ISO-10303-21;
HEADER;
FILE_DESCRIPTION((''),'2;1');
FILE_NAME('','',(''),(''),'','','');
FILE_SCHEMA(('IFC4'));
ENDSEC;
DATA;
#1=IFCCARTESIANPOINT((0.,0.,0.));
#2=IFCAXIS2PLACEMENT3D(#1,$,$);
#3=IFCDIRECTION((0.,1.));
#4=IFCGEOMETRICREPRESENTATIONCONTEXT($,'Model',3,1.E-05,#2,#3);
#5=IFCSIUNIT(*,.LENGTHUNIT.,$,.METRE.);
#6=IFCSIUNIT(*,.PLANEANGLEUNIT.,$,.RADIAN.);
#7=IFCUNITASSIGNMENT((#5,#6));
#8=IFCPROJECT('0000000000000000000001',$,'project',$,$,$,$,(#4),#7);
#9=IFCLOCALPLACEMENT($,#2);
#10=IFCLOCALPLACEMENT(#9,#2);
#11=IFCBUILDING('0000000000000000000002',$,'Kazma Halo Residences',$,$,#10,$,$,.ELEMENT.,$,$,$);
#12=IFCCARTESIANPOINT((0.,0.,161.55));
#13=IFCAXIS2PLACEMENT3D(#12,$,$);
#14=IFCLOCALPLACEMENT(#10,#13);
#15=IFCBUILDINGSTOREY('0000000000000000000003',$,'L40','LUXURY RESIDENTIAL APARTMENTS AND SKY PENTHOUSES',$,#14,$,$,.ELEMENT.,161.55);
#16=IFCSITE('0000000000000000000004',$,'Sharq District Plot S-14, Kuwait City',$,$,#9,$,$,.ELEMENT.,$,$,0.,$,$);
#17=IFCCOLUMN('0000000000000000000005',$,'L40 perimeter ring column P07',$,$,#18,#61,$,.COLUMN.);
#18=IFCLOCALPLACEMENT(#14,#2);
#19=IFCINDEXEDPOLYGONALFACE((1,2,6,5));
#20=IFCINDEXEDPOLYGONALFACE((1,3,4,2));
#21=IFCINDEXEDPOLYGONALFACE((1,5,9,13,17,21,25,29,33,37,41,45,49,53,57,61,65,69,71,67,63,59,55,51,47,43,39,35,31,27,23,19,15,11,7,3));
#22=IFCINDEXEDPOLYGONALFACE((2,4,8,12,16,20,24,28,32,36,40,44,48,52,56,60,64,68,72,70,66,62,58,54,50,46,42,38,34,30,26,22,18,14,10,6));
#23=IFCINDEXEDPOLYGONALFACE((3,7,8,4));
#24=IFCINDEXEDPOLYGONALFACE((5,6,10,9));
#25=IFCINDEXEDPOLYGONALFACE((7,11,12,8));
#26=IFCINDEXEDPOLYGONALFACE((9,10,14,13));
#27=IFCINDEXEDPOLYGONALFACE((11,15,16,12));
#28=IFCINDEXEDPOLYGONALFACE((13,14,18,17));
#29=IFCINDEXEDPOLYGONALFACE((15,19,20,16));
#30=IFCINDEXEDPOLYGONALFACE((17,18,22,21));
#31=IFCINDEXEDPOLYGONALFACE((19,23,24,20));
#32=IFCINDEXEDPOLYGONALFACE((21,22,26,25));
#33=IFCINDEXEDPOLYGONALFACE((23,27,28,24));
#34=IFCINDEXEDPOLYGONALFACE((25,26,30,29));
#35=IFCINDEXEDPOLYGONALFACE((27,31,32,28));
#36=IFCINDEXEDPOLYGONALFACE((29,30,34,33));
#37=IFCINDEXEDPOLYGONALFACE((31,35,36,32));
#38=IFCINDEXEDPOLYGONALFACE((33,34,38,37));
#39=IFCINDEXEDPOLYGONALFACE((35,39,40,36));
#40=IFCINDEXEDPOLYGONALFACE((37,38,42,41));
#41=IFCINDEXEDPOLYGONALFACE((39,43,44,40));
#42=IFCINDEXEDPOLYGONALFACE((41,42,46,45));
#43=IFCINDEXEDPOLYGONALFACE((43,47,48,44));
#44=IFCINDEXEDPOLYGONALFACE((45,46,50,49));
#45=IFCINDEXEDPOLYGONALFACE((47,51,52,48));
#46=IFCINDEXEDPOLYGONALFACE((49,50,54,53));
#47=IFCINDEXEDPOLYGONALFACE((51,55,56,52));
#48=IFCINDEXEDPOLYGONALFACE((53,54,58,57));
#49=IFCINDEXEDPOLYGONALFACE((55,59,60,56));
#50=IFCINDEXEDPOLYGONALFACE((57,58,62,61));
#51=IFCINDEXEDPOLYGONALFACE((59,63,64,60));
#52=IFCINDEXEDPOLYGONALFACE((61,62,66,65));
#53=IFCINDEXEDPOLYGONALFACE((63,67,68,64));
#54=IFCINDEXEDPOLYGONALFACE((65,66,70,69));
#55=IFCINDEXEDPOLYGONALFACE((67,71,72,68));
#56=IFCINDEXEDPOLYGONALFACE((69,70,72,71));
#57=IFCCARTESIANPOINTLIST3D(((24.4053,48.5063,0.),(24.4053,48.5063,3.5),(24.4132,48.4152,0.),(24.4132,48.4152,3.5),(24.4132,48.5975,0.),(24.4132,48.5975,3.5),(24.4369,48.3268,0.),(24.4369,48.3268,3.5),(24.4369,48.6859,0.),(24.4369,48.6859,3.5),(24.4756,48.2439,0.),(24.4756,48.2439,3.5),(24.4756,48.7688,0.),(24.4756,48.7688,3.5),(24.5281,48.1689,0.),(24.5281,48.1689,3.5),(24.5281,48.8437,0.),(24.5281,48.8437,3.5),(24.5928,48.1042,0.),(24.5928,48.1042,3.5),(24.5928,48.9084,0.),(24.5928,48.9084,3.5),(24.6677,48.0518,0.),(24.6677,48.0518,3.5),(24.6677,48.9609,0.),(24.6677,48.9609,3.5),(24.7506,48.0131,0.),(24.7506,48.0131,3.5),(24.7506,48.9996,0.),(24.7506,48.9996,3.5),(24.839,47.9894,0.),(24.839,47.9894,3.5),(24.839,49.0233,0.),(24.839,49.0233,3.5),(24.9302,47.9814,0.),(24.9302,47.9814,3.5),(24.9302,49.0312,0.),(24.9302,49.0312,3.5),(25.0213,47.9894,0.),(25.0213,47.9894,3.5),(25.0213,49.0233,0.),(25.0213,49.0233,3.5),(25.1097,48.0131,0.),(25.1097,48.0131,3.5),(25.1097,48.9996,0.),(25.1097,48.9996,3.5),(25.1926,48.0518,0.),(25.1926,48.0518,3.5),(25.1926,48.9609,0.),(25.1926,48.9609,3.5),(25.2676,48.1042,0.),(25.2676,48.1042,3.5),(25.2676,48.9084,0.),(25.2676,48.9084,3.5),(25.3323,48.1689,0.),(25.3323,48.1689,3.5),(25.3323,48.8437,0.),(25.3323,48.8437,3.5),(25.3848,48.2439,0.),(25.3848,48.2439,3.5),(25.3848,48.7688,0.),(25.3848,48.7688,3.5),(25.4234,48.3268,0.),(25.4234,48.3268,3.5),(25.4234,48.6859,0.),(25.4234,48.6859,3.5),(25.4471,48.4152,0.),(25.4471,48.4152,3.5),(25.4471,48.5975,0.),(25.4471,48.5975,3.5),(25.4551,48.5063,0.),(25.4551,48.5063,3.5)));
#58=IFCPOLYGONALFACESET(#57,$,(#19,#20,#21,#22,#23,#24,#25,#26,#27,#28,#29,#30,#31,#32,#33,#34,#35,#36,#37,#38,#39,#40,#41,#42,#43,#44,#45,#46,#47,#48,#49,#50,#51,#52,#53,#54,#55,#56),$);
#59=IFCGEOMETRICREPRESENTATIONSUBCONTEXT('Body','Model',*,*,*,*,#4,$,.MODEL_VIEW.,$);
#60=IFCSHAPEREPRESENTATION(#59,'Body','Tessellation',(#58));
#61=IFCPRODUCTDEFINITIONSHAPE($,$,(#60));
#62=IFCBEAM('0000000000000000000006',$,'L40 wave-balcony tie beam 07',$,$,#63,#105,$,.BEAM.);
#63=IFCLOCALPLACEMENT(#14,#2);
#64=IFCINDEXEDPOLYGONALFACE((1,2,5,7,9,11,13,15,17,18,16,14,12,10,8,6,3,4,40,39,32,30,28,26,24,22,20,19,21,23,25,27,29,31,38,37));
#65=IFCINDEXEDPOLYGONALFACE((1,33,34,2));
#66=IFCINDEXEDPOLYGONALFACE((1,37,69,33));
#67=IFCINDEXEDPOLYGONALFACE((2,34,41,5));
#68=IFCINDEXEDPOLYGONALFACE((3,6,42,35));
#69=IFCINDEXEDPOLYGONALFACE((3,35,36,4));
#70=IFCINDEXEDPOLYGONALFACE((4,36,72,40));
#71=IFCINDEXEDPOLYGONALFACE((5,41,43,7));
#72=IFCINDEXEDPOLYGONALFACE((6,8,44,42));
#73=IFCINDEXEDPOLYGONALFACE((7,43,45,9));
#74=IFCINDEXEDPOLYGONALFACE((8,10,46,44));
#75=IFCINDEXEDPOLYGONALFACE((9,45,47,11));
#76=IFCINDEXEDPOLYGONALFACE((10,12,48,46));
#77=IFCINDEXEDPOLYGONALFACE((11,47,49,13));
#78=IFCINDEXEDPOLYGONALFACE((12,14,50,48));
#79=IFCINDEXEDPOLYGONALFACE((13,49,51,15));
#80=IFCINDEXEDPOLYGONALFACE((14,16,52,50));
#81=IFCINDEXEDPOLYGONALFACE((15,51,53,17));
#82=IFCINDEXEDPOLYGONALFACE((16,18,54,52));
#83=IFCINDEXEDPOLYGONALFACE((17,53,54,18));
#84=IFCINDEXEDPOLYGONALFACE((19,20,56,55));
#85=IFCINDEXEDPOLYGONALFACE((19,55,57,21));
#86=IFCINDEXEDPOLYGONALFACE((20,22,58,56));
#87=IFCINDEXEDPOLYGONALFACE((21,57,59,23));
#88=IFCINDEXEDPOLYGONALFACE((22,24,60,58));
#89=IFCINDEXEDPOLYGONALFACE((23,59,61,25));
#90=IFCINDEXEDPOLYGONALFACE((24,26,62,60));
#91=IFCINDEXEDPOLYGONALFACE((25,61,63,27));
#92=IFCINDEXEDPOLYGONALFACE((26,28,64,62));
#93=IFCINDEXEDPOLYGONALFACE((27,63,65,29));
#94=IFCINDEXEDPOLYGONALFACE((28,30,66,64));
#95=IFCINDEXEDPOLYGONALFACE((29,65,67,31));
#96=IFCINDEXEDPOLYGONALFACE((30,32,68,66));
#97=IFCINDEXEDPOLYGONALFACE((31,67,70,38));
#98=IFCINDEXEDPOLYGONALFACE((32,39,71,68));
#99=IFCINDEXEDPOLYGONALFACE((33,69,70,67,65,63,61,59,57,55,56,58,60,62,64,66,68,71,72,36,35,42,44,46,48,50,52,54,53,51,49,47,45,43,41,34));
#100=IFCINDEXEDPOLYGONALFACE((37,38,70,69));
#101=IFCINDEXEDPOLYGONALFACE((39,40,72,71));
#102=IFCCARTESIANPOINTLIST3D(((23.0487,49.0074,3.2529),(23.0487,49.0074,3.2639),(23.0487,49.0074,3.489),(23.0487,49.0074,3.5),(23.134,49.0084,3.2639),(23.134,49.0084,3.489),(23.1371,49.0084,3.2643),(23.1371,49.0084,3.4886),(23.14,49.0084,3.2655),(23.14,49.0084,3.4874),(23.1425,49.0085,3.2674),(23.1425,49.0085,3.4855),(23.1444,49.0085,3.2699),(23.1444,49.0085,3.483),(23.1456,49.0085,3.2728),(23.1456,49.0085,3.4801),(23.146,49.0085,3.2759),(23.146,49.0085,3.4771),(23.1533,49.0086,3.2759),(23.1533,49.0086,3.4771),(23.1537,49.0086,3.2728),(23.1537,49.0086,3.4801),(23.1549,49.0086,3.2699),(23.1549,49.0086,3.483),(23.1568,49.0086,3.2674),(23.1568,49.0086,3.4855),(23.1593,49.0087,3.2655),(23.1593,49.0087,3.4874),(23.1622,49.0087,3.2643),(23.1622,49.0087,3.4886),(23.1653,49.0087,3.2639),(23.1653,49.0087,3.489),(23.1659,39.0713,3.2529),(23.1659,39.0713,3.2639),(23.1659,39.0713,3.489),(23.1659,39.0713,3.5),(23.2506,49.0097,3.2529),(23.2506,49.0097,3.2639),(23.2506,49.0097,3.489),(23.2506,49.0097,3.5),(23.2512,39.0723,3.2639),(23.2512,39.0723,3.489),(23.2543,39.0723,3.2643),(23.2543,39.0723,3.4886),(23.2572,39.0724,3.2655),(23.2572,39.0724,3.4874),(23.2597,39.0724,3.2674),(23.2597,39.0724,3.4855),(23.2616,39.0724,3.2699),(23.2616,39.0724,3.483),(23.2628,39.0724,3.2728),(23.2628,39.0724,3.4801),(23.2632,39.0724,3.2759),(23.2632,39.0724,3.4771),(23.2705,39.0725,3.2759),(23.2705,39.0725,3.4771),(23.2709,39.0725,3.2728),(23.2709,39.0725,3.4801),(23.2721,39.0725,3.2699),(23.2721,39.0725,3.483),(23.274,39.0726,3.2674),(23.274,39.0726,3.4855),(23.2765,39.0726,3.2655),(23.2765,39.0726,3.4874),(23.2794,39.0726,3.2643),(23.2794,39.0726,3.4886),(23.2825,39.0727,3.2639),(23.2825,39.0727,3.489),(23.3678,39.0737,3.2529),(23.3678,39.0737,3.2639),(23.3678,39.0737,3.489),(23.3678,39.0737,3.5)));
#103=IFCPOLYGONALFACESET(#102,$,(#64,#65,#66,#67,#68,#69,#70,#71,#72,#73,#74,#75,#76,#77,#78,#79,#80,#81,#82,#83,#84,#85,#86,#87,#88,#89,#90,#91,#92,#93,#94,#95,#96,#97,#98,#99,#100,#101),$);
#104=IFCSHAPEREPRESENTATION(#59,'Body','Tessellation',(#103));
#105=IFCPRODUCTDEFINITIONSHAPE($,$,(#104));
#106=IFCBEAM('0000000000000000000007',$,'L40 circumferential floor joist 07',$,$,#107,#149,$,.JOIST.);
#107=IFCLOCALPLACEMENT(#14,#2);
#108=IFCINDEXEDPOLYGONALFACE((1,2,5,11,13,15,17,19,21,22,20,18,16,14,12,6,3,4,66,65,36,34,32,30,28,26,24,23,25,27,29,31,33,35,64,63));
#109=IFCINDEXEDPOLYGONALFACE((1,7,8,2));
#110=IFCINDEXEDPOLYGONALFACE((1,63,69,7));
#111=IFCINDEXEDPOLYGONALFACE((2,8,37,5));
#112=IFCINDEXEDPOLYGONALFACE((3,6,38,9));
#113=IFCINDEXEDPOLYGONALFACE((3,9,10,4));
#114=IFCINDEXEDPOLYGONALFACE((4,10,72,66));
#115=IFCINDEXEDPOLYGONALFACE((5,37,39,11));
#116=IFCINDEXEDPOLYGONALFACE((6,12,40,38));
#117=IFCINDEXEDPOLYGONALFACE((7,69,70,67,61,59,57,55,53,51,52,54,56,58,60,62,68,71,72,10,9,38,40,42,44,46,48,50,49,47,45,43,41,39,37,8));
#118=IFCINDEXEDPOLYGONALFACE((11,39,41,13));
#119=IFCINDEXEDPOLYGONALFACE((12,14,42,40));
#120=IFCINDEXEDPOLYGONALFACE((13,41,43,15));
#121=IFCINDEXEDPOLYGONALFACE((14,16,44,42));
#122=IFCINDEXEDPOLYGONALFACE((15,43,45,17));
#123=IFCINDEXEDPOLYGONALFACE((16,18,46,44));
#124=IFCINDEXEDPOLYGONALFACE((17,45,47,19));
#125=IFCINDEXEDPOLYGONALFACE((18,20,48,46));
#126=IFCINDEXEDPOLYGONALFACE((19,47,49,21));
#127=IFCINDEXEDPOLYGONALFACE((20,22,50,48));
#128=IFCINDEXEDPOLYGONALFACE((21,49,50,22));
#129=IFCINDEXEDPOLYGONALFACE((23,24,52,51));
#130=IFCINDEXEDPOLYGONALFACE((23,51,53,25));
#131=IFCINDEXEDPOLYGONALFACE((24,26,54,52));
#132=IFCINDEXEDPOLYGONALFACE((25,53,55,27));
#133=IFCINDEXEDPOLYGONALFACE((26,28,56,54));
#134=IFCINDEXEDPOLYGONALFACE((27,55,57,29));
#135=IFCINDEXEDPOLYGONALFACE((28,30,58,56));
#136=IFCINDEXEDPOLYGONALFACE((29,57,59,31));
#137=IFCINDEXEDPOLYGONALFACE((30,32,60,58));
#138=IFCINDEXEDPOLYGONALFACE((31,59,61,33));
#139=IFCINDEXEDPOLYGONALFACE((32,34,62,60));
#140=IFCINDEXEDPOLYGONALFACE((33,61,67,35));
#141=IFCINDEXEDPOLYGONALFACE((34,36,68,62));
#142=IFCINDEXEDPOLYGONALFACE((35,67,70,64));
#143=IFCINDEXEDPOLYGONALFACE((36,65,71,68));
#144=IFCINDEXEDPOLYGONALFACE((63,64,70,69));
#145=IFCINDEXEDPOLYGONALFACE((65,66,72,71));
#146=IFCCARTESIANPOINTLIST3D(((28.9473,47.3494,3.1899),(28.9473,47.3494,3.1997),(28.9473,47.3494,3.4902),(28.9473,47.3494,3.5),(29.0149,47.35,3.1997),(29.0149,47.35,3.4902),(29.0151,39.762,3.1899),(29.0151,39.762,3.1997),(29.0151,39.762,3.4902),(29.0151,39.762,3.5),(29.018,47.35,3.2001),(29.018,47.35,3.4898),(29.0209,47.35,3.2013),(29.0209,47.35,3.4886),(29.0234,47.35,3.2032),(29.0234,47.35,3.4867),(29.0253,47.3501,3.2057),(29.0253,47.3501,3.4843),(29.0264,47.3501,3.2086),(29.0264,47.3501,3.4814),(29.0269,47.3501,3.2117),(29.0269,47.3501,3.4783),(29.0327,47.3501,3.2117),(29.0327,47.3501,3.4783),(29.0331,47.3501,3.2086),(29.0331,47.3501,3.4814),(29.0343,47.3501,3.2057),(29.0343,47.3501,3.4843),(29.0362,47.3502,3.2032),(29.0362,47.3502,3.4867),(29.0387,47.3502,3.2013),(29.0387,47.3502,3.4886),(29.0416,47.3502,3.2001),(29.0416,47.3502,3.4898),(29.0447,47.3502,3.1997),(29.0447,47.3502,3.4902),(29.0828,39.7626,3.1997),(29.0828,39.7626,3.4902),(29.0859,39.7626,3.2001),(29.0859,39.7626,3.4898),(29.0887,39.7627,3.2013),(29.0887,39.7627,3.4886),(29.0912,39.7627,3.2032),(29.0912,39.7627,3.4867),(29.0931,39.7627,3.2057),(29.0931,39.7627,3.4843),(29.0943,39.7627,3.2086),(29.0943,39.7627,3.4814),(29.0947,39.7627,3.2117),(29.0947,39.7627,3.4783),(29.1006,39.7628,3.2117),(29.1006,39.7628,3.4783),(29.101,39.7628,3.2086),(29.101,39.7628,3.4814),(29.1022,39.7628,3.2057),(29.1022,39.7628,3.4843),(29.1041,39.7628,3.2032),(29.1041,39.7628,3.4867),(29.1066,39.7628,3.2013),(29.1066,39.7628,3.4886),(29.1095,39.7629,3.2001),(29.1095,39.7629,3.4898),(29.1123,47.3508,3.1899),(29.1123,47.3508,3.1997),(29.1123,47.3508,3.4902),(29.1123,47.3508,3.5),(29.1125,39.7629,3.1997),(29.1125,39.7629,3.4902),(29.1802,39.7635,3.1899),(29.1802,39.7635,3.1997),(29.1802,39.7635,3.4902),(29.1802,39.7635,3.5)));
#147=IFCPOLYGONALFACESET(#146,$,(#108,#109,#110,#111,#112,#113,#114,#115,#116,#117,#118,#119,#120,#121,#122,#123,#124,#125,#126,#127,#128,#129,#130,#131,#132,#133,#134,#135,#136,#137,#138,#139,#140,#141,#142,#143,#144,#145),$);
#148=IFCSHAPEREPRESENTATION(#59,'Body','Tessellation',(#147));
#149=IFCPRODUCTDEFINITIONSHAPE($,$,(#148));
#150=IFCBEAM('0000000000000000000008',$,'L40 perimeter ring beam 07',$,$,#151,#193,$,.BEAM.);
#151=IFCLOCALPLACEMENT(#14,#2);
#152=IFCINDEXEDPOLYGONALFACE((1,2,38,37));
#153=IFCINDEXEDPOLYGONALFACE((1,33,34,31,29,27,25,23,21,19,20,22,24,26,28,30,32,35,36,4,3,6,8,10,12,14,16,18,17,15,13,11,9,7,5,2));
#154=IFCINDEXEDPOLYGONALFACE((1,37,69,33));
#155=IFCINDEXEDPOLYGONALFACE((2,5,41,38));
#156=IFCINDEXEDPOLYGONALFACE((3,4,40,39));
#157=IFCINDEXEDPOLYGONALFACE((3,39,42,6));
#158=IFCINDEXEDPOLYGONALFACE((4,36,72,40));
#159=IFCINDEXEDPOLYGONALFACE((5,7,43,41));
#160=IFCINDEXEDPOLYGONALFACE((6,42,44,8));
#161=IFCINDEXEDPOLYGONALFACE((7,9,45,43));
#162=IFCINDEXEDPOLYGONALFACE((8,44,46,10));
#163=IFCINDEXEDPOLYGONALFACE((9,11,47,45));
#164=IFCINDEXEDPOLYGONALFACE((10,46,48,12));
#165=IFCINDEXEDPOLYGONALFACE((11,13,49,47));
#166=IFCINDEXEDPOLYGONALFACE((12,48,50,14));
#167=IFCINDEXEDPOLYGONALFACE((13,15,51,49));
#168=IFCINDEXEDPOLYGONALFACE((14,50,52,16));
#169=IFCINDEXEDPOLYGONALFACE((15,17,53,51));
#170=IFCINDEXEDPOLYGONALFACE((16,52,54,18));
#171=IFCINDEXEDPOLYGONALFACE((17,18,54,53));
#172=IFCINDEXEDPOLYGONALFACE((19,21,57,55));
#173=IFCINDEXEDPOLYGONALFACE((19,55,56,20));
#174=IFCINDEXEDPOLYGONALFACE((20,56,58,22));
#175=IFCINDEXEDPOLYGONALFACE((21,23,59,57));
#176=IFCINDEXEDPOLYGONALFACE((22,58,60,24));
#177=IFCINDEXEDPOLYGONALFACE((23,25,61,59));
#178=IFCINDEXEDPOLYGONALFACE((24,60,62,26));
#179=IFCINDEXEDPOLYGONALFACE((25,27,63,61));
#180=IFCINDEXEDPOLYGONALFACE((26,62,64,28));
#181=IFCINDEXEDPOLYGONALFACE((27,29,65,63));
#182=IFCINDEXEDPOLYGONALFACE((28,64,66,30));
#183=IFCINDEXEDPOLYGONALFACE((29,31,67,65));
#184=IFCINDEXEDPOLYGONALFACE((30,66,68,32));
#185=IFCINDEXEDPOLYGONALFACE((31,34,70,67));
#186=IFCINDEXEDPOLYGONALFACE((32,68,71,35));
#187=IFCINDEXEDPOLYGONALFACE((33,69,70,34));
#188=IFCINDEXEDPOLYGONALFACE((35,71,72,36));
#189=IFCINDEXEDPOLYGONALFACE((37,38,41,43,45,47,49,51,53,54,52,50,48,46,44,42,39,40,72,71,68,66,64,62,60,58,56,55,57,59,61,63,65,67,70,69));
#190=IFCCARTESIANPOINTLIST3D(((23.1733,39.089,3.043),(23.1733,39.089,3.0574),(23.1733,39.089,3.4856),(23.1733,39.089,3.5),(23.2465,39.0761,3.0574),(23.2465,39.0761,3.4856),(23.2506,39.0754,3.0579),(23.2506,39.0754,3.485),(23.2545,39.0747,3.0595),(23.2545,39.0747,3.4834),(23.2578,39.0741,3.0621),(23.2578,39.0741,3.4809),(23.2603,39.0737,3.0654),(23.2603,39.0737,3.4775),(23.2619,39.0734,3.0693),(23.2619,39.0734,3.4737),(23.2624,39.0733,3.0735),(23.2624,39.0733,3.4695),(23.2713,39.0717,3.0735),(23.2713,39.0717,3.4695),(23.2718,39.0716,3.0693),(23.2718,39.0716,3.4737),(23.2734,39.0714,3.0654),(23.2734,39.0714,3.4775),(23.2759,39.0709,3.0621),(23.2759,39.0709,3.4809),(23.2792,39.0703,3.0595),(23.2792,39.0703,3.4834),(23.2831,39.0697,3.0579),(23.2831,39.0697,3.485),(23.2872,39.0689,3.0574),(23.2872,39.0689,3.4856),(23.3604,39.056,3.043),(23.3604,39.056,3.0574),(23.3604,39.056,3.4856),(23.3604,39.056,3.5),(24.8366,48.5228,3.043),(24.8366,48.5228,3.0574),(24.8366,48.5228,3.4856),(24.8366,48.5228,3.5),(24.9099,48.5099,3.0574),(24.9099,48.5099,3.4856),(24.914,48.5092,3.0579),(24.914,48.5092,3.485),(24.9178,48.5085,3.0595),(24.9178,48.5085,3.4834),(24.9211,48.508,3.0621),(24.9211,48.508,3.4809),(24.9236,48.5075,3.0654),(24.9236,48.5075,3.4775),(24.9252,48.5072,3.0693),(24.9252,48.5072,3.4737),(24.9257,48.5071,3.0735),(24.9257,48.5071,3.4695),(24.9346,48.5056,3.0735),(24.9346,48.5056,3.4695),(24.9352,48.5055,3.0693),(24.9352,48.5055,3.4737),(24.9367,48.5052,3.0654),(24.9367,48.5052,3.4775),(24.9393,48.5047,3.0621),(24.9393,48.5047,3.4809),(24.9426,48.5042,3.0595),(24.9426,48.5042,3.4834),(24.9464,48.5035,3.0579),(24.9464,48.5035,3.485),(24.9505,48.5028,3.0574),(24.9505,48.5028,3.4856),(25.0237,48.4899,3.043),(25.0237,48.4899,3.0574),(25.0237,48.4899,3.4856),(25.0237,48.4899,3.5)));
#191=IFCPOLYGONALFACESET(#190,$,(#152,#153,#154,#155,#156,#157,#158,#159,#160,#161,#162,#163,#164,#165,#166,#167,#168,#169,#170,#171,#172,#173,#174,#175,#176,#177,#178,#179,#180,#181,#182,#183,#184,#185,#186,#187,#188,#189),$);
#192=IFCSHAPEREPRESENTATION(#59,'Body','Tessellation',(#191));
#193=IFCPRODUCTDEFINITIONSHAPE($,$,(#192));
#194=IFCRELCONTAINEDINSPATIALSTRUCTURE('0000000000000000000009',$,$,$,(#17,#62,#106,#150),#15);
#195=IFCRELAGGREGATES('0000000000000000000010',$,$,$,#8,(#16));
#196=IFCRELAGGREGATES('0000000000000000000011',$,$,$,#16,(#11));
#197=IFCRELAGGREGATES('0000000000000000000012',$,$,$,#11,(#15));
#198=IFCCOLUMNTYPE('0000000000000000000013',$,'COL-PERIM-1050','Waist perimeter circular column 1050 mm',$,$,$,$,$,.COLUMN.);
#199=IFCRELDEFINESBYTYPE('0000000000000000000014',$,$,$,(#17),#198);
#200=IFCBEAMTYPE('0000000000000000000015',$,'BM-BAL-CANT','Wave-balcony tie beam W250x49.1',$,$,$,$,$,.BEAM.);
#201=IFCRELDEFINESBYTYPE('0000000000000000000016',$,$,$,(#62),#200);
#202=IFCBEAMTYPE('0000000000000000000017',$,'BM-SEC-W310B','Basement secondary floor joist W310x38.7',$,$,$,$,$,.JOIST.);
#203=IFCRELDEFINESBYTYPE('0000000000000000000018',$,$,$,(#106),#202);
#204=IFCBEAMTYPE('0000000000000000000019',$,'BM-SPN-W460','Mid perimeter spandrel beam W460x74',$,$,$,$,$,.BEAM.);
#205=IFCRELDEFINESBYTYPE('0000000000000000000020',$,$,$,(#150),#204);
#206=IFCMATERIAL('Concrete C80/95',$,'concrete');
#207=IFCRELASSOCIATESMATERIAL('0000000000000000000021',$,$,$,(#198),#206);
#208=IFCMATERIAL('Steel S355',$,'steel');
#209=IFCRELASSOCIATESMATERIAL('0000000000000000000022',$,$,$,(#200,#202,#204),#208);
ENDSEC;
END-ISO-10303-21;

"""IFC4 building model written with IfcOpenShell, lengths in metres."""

from ifc_helpers import new_model, si_unit, direction, frame, origin, origin_2d, place, context, subcontext, project, spatial, circle, i_section, extrude, material, material_profile, profile_set, type_object, element, save


model = new_model("IFC4")

# Units and contexts
model_context = context("Model", 3, precision=1e-05, world=origin(), true_north=direction((0.0, 1.0)))
body_context = subcontext(model_context, "Body", "Model", "MODEL_VIEW")
ifc_project = project(units=[si_unit("LENGTHUNIT", "METRE"), si_unit("PLANEANGLEUNIT", "RADIAN")], contexts=[model_context])

# Site, building, storey
site_placement = place(None, origin())
site = spatial("IfcSite", under=ifc_project, at=site_placement, Name="Sharq District Plot S-14, Kuwait City", CompositionType="ELEMENT", RefElevation=0.0)
building_placement = place(site_placement, origin())
building = spatial("IfcBuilding", under=site, at=building_placement, Name="Kazma Halo Residences", CompositionType="ELEMENT")
storey_placement = place(building_placement, frame((0.0, 0.0, 161.55)))
storey = spatial("IfcBuildingStorey", under=building, at=storey_placement, Name="L40", Description="LUXURY RESIDENTIAL APARTMENTS AND SKY PENTHOUSES", CompositionType="ELEMENT", Elevation=161.55)

# Column
ifc_material_1 = material(Name="Concrete C80/95", Category="concrete")
ifc_material_profile_1 = material_profile(ifc_material_1, circle(Radius=0.5249, at=origin_2d()), Name="CIRC1050")
ifc_profile_set_1 = profile_set([ifc_material_profile_1], Name="Concrete C80/95")
column_type = type_object("IfcColumnType", Name="COL-PERIM-1050", Description="Waist perimeter circular column 1050 mm", PredefinedType="COLUMN", material=ifc_profile_set_1)
column_placement = place(storey_placement, frame((24.9302, 48.5063, 0.0), z_axis=(0.0, 0.0, 1.0), x_axis=(1.0, 0.0, 0.0)))
element("IfcColumn", 1, at=column_placement, inside=storey, type_object=column_type, Name="L40 perimeter ring column P07", PredefinedType="COLUMN", context=body_context, shape_type="SweptSolid", body=[
    extrude(circle(Radius=0.5249, at=origin_2d()), origin(), (0.0, 0.0, 1.0), 3.5),
])

# Beams
ifc_material_2 = material(Name="Steel S355", Category="steel")
ifc_material_profile_2 = material_profile(ifc_material_2, i_section(OverallWidth=0.2019, OverallDepth=0.2471, WebThickness=0.0073, FlangeThickness=0.011, FilletRadius=0.012, at=origin_2d()), Name="W250x49.1")
ifc_profile_set_2 = profile_set([ifc_material_profile_2], Name="Steel S355")
beam_type_1 = type_object("IfcBeamType", Name="BM-BAL-CANT", Description="Wave-balcony tie beam W250x49.1", PredefinedType="BEAM", material=ifc_profile_set_2)
beam_1_placement = place(storey_placement, frame((23.1497, 49.0085, 3.3765), z_axis=(0.011793, -0.99993, 0.0), x_axis=(0.99993, 0.011793, 0.0)))
element("IfcBeam", 2, at=beam_1_placement, inside=storey, type_object=beam_type_1, Name="L40 wave-balcony tie beam 07", PredefinedType="BEAM", context=body_context, shape_type="SweptSolid", body=[
    extrude(i_section(OverallWidth=0.2019, OverallDepth=0.2471, WebThickness=0.0073, FlangeThickness=0.011, FilletRadius=0.012, at=origin_2d()), origin(), (0.0, 0.0, 1.0), 9.9368),
])
ifc_material_profile_3 = material_profile(ifc_material_2, i_section(OverallWidth=0.165, OverallDepth=0.3101, WebThickness=0.0059, FlangeThickness=0.0098, FilletRadius=0.012, at=origin_2d()), Name="W310x38.7")
ifc_profile_set_3 = profile_set([ifc_material_profile_3], Name="Steel S355")
beam_type_2 = type_object("IfcBeamType", Name="BM-SEC-W310B", Description="Basement secondary floor joist W310x38.7", PredefinedType="JOIST", material=ifc_profile_set_3)
beam_2_placement = place(storey_placement, frame((29.0298, 47.3501, 3.345), z_axis=(0.008945, -0.99996, 0.0), x_axis=(0.99996, 0.008945, 0.0)))
element("IfcBeam", 3, at=beam_2_placement, inside=storey, type_object=beam_type_2, Name="L40 circumferential floor joist 07", PredefinedType="JOIST", context=body_context, shape_type="SweptSolid", body=[
    extrude(i_section(OverallWidth=0.165, OverallDepth=0.3101, WebThickness=0.0059, FlangeThickness=0.0098, FilletRadius=0.012, at=origin_2d()), origin(), (0.0, 0.0, 1.0), 7.5876),
])
ifc_material_profile_4 = material_profile(ifc_material_2, i_section(OverallWidth=0.1899, OverallDepth=0.457, WebThickness=0.009, FlangeThickness=0.0144, FilletRadius=0.0161, at=origin_2d()), Name="W460x74")
ifc_profile_set_4 = profile_set([ifc_material_profile_4], Name="Steel S355")
beam_type_3 = type_object("IfcBeamType", Name="BM-SPN-W460", Description="Mid perimeter spandrel beam W460x74", PredefinedType="BEAM", material=ifc_profile_set_4)
beam_3_placement = place(storey_placement, frame((24.9302, 48.5063, 3.2715), z_axis=(-0.173637, -0.98481, 0.0), x_axis=(0.98481, -0.173637, 0.0)))
element("IfcBeam", 4, at=beam_3_placement, inside=storey, type_object=beam_type_3, Name="L40 perimeter ring beam 07", PredefinedType="BEAM", context=body_context, shape_type="SweptSolid", body=[
    extrude(i_section(OverallWidth=0.1899, OverallDepth=0.457, WebThickness=0.009, FlangeThickness=0.0144, FilletRadius=0.0161, at=origin_2d()), origin(), (0.0, 0.0, 1.0), 9.5793),
])

save(model, "model.ifc")
